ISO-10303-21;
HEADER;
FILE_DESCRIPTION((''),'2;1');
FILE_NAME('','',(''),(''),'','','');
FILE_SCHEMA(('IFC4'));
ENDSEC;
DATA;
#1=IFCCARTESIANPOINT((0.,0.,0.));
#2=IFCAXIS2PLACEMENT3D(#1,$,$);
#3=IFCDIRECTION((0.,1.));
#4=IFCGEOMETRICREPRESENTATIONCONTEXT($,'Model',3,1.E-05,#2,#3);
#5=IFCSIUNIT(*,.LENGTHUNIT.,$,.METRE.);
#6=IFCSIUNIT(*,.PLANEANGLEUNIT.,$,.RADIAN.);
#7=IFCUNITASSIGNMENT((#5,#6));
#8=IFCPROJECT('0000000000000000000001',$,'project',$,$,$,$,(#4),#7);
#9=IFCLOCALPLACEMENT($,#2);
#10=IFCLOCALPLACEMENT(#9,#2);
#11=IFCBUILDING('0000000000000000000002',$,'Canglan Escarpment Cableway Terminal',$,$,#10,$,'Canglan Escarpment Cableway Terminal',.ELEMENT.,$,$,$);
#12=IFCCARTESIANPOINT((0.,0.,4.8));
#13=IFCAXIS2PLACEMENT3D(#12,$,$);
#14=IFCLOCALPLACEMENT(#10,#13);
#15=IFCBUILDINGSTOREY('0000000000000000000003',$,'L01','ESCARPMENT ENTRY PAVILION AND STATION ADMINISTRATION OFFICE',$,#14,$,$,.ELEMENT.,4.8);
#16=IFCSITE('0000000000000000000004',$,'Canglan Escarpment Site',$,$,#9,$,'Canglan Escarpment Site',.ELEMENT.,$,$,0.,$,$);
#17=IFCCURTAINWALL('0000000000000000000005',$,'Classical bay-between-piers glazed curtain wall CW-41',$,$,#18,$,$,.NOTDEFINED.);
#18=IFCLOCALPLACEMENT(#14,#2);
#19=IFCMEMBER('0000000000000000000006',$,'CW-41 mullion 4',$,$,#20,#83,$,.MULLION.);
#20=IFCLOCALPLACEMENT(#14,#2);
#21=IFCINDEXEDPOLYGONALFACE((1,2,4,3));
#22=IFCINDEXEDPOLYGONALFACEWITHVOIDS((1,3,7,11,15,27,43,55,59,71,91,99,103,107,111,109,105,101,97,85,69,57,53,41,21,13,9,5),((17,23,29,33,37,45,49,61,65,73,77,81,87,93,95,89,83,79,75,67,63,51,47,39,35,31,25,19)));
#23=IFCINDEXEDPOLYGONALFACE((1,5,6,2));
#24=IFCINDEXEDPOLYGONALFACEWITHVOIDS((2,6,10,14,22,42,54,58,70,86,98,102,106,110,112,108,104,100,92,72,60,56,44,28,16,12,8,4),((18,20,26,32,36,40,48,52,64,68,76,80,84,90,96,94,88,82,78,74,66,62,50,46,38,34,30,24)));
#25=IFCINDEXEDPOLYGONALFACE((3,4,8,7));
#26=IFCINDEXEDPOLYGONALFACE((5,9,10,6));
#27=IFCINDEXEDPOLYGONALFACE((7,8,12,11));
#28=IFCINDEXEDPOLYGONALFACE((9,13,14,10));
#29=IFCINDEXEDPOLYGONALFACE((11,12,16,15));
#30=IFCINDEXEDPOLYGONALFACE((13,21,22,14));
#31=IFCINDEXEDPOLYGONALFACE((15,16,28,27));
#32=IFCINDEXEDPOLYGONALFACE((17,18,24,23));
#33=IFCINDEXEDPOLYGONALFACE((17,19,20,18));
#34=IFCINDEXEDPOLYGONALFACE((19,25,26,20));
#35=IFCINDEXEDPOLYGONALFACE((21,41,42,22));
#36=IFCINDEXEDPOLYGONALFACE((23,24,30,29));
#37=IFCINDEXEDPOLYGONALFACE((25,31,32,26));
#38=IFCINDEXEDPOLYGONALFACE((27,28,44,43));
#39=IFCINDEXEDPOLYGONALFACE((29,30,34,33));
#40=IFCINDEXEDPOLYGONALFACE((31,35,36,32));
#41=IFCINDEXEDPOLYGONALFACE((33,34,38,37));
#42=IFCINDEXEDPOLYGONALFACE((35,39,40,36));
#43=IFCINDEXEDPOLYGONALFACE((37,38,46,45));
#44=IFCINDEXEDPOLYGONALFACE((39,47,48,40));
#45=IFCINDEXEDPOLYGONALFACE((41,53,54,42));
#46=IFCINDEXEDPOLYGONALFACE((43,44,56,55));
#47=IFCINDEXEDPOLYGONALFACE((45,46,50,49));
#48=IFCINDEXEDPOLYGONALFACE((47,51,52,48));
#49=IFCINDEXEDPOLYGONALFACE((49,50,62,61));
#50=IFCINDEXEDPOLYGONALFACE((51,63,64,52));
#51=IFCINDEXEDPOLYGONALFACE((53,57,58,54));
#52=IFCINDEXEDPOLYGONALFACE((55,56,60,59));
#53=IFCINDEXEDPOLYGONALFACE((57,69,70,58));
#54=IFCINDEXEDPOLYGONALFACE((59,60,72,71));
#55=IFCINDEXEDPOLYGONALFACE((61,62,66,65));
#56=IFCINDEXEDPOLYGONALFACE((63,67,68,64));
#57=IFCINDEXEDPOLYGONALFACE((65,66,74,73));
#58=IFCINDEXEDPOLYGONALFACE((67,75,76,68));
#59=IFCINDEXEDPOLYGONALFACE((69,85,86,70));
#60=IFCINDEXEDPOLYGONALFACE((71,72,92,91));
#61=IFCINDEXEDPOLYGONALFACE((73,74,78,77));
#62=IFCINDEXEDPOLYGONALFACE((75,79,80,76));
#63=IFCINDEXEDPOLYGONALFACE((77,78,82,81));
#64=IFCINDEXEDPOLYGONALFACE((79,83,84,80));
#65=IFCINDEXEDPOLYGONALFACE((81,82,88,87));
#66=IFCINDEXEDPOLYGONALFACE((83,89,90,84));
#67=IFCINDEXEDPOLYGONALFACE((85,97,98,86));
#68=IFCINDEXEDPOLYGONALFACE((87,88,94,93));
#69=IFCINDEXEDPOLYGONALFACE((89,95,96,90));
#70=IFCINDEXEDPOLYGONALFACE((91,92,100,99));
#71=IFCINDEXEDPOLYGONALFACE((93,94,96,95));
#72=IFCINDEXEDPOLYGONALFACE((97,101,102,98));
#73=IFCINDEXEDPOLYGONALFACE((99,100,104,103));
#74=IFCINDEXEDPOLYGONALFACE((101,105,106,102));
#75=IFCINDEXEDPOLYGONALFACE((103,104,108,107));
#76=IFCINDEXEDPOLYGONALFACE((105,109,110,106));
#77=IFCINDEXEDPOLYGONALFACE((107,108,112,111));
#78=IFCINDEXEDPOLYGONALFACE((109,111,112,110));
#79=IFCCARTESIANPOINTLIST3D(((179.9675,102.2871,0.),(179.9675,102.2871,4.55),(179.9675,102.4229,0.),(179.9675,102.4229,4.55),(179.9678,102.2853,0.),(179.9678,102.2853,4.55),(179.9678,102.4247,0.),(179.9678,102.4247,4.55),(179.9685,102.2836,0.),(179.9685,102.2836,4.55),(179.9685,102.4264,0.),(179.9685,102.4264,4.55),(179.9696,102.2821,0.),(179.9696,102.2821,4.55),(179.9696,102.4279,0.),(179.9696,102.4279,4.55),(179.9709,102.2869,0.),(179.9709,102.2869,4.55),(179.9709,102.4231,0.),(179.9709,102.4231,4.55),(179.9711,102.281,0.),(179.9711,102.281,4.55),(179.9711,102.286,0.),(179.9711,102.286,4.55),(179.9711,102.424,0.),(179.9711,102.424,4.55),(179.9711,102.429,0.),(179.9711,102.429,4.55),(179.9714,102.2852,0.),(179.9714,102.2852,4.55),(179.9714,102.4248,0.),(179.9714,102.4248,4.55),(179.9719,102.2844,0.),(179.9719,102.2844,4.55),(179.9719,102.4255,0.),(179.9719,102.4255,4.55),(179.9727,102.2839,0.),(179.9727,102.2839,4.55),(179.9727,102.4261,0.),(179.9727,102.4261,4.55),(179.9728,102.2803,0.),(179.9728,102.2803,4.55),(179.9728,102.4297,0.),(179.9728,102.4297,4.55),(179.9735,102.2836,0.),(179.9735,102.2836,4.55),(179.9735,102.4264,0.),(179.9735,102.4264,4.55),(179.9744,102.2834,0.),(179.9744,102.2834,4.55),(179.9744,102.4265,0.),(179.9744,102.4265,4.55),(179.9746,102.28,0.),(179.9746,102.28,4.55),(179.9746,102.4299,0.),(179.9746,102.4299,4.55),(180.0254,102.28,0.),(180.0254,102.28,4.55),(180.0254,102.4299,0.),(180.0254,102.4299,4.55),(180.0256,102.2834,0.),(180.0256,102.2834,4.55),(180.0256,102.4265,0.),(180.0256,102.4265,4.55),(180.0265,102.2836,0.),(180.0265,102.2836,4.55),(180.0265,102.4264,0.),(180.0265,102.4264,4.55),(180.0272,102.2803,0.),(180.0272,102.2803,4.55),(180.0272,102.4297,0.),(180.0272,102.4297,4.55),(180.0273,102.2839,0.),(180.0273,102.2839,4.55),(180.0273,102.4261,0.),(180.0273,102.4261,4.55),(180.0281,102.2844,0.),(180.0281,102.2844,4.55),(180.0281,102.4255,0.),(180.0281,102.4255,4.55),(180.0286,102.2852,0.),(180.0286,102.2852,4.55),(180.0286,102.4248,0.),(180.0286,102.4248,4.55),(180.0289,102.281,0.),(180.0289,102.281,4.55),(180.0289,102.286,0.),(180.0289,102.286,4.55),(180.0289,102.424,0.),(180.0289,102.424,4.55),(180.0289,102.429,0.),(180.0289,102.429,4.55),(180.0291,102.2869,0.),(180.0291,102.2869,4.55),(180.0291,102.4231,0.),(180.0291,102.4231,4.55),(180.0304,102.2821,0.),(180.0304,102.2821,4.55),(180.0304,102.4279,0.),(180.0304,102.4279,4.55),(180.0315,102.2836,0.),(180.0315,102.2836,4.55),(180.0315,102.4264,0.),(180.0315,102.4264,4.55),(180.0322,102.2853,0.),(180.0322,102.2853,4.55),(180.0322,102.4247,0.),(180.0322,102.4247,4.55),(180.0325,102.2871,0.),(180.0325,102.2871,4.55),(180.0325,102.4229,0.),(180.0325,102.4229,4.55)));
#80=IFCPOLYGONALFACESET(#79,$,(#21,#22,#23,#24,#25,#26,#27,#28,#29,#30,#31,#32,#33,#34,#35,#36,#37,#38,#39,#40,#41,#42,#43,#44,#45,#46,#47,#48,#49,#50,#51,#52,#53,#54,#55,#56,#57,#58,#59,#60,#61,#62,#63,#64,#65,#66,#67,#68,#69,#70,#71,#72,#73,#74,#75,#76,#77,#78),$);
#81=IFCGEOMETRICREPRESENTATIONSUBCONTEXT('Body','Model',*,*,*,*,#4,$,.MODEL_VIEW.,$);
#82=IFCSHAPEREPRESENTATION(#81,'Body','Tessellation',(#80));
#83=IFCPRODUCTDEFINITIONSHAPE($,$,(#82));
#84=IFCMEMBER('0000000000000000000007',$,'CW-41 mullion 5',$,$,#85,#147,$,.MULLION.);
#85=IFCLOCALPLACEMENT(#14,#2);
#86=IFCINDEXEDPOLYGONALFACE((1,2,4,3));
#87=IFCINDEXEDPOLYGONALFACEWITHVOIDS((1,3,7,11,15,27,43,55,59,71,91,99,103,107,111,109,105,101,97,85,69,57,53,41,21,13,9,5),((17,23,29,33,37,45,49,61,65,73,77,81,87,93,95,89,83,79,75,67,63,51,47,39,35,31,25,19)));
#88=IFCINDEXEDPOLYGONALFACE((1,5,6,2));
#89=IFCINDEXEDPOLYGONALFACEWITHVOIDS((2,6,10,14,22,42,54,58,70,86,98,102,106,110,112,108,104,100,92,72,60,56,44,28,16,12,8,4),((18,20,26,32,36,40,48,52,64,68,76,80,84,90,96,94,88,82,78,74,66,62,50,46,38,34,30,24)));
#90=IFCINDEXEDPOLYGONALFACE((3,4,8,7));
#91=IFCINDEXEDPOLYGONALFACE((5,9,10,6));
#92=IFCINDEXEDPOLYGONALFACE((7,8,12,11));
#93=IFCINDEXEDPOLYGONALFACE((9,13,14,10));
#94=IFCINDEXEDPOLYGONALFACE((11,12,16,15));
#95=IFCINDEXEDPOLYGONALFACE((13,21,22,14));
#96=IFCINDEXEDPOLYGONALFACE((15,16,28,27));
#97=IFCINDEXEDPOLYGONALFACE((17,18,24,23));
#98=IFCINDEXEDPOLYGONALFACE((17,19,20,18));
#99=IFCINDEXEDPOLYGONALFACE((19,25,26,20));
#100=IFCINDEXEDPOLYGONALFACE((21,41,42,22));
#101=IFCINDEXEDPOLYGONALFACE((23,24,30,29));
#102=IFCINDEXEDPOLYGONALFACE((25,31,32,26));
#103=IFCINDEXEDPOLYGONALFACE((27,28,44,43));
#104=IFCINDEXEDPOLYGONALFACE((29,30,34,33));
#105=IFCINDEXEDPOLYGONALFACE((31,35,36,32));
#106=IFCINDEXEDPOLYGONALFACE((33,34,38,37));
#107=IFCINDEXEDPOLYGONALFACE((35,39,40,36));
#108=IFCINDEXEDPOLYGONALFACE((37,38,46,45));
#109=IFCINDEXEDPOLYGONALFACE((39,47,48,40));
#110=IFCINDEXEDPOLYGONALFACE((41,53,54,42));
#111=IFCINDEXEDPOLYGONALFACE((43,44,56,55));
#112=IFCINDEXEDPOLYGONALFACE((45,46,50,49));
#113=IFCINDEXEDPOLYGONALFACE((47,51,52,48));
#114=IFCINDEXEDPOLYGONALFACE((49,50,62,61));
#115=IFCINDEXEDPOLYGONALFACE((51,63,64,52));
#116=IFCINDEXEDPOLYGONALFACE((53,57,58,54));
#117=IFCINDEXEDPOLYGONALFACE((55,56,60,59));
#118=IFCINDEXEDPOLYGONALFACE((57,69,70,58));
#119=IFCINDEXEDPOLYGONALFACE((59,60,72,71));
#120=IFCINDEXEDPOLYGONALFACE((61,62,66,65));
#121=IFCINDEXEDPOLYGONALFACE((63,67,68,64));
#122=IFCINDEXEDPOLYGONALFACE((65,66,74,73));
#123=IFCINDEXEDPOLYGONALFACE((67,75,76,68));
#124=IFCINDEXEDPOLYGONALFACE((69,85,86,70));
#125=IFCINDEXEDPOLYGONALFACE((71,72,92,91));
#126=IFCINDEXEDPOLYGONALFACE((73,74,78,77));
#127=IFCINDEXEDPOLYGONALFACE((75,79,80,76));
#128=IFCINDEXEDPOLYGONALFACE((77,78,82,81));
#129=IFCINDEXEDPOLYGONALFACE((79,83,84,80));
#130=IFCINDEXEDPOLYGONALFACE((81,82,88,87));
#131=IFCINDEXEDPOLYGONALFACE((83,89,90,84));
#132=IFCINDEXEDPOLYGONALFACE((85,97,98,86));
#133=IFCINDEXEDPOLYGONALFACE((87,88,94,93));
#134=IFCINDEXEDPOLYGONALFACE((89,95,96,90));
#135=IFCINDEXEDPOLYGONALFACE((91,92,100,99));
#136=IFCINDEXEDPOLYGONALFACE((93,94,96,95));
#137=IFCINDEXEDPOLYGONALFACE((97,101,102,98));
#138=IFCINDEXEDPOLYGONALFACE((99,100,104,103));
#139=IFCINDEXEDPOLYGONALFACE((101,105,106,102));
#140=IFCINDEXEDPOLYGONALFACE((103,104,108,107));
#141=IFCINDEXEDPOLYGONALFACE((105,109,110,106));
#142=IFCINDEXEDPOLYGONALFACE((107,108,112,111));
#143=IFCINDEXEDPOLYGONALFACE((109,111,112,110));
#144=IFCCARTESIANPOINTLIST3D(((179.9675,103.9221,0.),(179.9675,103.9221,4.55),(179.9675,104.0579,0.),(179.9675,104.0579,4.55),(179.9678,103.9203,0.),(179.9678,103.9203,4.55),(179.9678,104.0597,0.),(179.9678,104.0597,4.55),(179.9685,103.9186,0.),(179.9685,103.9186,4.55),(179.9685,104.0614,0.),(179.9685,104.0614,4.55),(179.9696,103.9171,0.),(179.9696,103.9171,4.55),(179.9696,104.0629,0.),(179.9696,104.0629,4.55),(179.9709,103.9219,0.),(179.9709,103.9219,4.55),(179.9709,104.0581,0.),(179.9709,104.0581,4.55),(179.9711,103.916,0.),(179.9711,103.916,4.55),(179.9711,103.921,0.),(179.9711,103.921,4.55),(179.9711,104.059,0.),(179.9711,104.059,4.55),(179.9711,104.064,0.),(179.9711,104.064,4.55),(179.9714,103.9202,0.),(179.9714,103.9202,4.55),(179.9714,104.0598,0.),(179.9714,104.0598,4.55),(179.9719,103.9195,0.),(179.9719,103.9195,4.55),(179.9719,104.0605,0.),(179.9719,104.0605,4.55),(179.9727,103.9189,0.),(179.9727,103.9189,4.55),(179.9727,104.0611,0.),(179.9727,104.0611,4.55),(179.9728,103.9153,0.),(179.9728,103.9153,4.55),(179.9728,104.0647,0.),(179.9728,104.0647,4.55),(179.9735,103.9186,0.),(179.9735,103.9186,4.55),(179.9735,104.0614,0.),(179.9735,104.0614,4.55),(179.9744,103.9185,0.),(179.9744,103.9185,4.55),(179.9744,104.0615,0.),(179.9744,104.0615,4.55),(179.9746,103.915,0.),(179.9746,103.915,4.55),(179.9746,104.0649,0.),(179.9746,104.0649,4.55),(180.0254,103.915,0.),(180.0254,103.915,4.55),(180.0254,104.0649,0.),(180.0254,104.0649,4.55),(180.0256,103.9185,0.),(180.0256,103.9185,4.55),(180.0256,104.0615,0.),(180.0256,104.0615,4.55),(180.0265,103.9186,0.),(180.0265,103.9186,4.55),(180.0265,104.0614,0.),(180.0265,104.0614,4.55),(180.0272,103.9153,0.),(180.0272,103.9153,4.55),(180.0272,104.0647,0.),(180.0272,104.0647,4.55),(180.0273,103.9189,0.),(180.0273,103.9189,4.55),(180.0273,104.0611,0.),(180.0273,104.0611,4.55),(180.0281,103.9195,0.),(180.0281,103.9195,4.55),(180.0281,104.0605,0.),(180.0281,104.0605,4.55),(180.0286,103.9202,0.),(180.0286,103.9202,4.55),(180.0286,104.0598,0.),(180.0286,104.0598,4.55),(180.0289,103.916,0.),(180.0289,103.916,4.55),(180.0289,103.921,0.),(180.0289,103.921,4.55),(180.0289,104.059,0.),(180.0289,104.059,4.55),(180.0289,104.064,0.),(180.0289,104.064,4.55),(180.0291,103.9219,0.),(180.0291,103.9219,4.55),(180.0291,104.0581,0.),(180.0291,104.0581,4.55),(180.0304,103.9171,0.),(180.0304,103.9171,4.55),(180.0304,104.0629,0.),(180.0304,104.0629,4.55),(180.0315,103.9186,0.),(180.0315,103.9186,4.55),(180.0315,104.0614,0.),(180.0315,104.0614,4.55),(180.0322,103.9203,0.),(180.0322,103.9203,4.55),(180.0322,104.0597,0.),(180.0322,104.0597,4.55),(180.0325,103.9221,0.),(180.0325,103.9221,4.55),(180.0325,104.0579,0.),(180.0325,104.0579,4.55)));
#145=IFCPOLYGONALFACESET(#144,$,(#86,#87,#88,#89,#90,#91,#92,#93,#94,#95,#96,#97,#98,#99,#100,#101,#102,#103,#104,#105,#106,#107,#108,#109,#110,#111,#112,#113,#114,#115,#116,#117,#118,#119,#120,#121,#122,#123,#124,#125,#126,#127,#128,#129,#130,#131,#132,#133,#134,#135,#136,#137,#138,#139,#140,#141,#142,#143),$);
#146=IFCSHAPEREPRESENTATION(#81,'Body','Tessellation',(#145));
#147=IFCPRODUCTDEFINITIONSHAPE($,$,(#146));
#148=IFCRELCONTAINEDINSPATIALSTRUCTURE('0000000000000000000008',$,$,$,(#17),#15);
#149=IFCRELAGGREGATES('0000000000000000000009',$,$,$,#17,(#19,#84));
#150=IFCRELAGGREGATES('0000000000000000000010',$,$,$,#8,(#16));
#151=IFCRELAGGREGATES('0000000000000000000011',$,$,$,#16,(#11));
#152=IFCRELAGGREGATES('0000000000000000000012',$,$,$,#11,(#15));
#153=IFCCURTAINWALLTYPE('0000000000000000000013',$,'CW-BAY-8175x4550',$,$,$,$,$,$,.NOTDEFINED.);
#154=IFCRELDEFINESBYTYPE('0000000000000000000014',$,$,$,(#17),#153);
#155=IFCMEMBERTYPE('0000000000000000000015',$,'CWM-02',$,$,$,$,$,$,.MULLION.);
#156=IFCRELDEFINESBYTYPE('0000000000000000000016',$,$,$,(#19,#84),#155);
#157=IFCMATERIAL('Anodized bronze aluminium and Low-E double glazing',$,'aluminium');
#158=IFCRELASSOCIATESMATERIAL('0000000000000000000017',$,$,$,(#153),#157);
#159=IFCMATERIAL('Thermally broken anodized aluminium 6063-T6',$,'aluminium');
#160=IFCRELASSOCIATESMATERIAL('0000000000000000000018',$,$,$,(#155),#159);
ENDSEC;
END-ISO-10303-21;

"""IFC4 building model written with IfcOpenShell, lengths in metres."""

from ifc_helpers import new_model, si_unit, direction, frame, origin, origin_2d, place, context, subcontext, project, spatial, hollow_rectangle, extrude, material, material_profile, profile_set, type_object, element, aggregate, save


model = new_model("IFC4")

# Units and contexts
model_context = context("Model", 3, precision=1e-05, world=origin(), true_north=direction((0.0, 1.0)))
body_context = subcontext(model_context, "Body", "Model", "MODEL_VIEW")
ifc_project = project(units=[si_unit("LENGTHUNIT", "METRE"), si_unit("PLANEANGLEUNIT", "RADIAN")], contexts=[model_context])

# Site, building, storey
site_placement = place(None, origin())
site = spatial("IfcSite", under=ifc_project, at=site_placement, Name="Canglan Escarpment Site", LongName="Canglan Escarpment Site", CompositionType="ELEMENT", RefElevation=0.0)
building_placement = place(site_placement, origin())
building = spatial("IfcBuilding", under=site, at=building_placement, Name="Canglan Escarpment Cableway Terminal", LongName="Canglan Escarpment Cableway Terminal", CompositionType="ELEMENT")
storey_placement = place(building_placement, frame((0.0, 0.0, 4.8)))
storey = spatial("IfcBuildingStorey", under=building, at=storey_placement, Name="L01", Description="ESCARPMENT ENTRY PAVILION AND STATION ADMINISTRATION OFFICE", CompositionType="ELEMENT", Elevation=4.8)

# Curtain wall, members
ifc_material_1 = material(Name="Anodized bronze aluminium and Low-E double glazing", Category="aluminium")
curtain_wall_type = type_object("IfcCurtainWallType", Name="CW-BAY-8175x4550", PredefinedType="NOTDEFINED", material=ifc_material_1)
curtain_wall_placement = place(storey_placement, origin())
curtain_wall = element("IfcCurtainWall", 1, at=curtain_wall_placement, inside=storey, type_object=curtain_wall_type, Name="Classical bay-between-piers glazed curtain wall CW-41", PredefinedType="NOTDEFINED")
ifc_material_2 = material(Name="Thermally broken anodized aluminium 6063-T6", Category="aluminium")
ifc_material_profile_1 = material_profile(ifc_material_2, hollow_rectangle(XDim=0.0649, YDim=0.1499, WallThickness=0.0034, InnerFilletRadius=0.0034, OuterFilletRadius=0.0071, at=origin_2d()), Name="ALU-MULL 65x150x3.5")
ifc_profile_set_1 = profile_set([ifc_material_profile_1], Name="Thermally broken anodized aluminium 6063-T6")
member_type_1 = type_object("IfcMemberType", Name="CWM-02", PredefinedType="MULLION", material=ifc_profile_set_1)
member_1_placement = place(storey_placement, frame((180.0, 102.355, 0.0), z_axis=(0.0, 0.0, 1.0), x_axis=(-1.0, 0.0, 0.0)))
member_1 = element("IfcMember", 2, at=member_1_placement, type_object=member_type_1, Name="CW-41 mullion 4", PredefinedType="MULLION", context=body_context, shape_type="SweptSolid", body=[
    extrude(hollow_rectangle(XDim=0.0649, YDim=0.1499, WallThickness=0.0034, InnerFilletRadius=0.0034, OuterFilletRadius=0.0071, at=origin_2d()), origin(), (0.0, 0.0, 1.0), 4.55),
])
member_2_placement = place(storey_placement, frame((180.0, 103.99, 0.0), z_axis=(0.0, 0.0, 1.0), x_axis=(-1.0, 0.0, 0.0)))
member_2 = element("IfcMember", 3, at=member_2_placement, type_object=member_type_1, Name="CW-41 mullion 5", PredefinedType="MULLION", context=body_context, shape_type="SweptSolid", body=[
    extrude(hollow_rectangle(XDim=0.0649, YDim=0.1499, WallThickness=0.0034, InnerFilletRadius=0.0034, OuterFilletRadius=0.0071, at=origin_2d()), origin(), (0.0, 0.0, 1.0), 4.55),
])
aggregate(curtain_wall, [member_1, member_2])

save(model, "model.ifc")
